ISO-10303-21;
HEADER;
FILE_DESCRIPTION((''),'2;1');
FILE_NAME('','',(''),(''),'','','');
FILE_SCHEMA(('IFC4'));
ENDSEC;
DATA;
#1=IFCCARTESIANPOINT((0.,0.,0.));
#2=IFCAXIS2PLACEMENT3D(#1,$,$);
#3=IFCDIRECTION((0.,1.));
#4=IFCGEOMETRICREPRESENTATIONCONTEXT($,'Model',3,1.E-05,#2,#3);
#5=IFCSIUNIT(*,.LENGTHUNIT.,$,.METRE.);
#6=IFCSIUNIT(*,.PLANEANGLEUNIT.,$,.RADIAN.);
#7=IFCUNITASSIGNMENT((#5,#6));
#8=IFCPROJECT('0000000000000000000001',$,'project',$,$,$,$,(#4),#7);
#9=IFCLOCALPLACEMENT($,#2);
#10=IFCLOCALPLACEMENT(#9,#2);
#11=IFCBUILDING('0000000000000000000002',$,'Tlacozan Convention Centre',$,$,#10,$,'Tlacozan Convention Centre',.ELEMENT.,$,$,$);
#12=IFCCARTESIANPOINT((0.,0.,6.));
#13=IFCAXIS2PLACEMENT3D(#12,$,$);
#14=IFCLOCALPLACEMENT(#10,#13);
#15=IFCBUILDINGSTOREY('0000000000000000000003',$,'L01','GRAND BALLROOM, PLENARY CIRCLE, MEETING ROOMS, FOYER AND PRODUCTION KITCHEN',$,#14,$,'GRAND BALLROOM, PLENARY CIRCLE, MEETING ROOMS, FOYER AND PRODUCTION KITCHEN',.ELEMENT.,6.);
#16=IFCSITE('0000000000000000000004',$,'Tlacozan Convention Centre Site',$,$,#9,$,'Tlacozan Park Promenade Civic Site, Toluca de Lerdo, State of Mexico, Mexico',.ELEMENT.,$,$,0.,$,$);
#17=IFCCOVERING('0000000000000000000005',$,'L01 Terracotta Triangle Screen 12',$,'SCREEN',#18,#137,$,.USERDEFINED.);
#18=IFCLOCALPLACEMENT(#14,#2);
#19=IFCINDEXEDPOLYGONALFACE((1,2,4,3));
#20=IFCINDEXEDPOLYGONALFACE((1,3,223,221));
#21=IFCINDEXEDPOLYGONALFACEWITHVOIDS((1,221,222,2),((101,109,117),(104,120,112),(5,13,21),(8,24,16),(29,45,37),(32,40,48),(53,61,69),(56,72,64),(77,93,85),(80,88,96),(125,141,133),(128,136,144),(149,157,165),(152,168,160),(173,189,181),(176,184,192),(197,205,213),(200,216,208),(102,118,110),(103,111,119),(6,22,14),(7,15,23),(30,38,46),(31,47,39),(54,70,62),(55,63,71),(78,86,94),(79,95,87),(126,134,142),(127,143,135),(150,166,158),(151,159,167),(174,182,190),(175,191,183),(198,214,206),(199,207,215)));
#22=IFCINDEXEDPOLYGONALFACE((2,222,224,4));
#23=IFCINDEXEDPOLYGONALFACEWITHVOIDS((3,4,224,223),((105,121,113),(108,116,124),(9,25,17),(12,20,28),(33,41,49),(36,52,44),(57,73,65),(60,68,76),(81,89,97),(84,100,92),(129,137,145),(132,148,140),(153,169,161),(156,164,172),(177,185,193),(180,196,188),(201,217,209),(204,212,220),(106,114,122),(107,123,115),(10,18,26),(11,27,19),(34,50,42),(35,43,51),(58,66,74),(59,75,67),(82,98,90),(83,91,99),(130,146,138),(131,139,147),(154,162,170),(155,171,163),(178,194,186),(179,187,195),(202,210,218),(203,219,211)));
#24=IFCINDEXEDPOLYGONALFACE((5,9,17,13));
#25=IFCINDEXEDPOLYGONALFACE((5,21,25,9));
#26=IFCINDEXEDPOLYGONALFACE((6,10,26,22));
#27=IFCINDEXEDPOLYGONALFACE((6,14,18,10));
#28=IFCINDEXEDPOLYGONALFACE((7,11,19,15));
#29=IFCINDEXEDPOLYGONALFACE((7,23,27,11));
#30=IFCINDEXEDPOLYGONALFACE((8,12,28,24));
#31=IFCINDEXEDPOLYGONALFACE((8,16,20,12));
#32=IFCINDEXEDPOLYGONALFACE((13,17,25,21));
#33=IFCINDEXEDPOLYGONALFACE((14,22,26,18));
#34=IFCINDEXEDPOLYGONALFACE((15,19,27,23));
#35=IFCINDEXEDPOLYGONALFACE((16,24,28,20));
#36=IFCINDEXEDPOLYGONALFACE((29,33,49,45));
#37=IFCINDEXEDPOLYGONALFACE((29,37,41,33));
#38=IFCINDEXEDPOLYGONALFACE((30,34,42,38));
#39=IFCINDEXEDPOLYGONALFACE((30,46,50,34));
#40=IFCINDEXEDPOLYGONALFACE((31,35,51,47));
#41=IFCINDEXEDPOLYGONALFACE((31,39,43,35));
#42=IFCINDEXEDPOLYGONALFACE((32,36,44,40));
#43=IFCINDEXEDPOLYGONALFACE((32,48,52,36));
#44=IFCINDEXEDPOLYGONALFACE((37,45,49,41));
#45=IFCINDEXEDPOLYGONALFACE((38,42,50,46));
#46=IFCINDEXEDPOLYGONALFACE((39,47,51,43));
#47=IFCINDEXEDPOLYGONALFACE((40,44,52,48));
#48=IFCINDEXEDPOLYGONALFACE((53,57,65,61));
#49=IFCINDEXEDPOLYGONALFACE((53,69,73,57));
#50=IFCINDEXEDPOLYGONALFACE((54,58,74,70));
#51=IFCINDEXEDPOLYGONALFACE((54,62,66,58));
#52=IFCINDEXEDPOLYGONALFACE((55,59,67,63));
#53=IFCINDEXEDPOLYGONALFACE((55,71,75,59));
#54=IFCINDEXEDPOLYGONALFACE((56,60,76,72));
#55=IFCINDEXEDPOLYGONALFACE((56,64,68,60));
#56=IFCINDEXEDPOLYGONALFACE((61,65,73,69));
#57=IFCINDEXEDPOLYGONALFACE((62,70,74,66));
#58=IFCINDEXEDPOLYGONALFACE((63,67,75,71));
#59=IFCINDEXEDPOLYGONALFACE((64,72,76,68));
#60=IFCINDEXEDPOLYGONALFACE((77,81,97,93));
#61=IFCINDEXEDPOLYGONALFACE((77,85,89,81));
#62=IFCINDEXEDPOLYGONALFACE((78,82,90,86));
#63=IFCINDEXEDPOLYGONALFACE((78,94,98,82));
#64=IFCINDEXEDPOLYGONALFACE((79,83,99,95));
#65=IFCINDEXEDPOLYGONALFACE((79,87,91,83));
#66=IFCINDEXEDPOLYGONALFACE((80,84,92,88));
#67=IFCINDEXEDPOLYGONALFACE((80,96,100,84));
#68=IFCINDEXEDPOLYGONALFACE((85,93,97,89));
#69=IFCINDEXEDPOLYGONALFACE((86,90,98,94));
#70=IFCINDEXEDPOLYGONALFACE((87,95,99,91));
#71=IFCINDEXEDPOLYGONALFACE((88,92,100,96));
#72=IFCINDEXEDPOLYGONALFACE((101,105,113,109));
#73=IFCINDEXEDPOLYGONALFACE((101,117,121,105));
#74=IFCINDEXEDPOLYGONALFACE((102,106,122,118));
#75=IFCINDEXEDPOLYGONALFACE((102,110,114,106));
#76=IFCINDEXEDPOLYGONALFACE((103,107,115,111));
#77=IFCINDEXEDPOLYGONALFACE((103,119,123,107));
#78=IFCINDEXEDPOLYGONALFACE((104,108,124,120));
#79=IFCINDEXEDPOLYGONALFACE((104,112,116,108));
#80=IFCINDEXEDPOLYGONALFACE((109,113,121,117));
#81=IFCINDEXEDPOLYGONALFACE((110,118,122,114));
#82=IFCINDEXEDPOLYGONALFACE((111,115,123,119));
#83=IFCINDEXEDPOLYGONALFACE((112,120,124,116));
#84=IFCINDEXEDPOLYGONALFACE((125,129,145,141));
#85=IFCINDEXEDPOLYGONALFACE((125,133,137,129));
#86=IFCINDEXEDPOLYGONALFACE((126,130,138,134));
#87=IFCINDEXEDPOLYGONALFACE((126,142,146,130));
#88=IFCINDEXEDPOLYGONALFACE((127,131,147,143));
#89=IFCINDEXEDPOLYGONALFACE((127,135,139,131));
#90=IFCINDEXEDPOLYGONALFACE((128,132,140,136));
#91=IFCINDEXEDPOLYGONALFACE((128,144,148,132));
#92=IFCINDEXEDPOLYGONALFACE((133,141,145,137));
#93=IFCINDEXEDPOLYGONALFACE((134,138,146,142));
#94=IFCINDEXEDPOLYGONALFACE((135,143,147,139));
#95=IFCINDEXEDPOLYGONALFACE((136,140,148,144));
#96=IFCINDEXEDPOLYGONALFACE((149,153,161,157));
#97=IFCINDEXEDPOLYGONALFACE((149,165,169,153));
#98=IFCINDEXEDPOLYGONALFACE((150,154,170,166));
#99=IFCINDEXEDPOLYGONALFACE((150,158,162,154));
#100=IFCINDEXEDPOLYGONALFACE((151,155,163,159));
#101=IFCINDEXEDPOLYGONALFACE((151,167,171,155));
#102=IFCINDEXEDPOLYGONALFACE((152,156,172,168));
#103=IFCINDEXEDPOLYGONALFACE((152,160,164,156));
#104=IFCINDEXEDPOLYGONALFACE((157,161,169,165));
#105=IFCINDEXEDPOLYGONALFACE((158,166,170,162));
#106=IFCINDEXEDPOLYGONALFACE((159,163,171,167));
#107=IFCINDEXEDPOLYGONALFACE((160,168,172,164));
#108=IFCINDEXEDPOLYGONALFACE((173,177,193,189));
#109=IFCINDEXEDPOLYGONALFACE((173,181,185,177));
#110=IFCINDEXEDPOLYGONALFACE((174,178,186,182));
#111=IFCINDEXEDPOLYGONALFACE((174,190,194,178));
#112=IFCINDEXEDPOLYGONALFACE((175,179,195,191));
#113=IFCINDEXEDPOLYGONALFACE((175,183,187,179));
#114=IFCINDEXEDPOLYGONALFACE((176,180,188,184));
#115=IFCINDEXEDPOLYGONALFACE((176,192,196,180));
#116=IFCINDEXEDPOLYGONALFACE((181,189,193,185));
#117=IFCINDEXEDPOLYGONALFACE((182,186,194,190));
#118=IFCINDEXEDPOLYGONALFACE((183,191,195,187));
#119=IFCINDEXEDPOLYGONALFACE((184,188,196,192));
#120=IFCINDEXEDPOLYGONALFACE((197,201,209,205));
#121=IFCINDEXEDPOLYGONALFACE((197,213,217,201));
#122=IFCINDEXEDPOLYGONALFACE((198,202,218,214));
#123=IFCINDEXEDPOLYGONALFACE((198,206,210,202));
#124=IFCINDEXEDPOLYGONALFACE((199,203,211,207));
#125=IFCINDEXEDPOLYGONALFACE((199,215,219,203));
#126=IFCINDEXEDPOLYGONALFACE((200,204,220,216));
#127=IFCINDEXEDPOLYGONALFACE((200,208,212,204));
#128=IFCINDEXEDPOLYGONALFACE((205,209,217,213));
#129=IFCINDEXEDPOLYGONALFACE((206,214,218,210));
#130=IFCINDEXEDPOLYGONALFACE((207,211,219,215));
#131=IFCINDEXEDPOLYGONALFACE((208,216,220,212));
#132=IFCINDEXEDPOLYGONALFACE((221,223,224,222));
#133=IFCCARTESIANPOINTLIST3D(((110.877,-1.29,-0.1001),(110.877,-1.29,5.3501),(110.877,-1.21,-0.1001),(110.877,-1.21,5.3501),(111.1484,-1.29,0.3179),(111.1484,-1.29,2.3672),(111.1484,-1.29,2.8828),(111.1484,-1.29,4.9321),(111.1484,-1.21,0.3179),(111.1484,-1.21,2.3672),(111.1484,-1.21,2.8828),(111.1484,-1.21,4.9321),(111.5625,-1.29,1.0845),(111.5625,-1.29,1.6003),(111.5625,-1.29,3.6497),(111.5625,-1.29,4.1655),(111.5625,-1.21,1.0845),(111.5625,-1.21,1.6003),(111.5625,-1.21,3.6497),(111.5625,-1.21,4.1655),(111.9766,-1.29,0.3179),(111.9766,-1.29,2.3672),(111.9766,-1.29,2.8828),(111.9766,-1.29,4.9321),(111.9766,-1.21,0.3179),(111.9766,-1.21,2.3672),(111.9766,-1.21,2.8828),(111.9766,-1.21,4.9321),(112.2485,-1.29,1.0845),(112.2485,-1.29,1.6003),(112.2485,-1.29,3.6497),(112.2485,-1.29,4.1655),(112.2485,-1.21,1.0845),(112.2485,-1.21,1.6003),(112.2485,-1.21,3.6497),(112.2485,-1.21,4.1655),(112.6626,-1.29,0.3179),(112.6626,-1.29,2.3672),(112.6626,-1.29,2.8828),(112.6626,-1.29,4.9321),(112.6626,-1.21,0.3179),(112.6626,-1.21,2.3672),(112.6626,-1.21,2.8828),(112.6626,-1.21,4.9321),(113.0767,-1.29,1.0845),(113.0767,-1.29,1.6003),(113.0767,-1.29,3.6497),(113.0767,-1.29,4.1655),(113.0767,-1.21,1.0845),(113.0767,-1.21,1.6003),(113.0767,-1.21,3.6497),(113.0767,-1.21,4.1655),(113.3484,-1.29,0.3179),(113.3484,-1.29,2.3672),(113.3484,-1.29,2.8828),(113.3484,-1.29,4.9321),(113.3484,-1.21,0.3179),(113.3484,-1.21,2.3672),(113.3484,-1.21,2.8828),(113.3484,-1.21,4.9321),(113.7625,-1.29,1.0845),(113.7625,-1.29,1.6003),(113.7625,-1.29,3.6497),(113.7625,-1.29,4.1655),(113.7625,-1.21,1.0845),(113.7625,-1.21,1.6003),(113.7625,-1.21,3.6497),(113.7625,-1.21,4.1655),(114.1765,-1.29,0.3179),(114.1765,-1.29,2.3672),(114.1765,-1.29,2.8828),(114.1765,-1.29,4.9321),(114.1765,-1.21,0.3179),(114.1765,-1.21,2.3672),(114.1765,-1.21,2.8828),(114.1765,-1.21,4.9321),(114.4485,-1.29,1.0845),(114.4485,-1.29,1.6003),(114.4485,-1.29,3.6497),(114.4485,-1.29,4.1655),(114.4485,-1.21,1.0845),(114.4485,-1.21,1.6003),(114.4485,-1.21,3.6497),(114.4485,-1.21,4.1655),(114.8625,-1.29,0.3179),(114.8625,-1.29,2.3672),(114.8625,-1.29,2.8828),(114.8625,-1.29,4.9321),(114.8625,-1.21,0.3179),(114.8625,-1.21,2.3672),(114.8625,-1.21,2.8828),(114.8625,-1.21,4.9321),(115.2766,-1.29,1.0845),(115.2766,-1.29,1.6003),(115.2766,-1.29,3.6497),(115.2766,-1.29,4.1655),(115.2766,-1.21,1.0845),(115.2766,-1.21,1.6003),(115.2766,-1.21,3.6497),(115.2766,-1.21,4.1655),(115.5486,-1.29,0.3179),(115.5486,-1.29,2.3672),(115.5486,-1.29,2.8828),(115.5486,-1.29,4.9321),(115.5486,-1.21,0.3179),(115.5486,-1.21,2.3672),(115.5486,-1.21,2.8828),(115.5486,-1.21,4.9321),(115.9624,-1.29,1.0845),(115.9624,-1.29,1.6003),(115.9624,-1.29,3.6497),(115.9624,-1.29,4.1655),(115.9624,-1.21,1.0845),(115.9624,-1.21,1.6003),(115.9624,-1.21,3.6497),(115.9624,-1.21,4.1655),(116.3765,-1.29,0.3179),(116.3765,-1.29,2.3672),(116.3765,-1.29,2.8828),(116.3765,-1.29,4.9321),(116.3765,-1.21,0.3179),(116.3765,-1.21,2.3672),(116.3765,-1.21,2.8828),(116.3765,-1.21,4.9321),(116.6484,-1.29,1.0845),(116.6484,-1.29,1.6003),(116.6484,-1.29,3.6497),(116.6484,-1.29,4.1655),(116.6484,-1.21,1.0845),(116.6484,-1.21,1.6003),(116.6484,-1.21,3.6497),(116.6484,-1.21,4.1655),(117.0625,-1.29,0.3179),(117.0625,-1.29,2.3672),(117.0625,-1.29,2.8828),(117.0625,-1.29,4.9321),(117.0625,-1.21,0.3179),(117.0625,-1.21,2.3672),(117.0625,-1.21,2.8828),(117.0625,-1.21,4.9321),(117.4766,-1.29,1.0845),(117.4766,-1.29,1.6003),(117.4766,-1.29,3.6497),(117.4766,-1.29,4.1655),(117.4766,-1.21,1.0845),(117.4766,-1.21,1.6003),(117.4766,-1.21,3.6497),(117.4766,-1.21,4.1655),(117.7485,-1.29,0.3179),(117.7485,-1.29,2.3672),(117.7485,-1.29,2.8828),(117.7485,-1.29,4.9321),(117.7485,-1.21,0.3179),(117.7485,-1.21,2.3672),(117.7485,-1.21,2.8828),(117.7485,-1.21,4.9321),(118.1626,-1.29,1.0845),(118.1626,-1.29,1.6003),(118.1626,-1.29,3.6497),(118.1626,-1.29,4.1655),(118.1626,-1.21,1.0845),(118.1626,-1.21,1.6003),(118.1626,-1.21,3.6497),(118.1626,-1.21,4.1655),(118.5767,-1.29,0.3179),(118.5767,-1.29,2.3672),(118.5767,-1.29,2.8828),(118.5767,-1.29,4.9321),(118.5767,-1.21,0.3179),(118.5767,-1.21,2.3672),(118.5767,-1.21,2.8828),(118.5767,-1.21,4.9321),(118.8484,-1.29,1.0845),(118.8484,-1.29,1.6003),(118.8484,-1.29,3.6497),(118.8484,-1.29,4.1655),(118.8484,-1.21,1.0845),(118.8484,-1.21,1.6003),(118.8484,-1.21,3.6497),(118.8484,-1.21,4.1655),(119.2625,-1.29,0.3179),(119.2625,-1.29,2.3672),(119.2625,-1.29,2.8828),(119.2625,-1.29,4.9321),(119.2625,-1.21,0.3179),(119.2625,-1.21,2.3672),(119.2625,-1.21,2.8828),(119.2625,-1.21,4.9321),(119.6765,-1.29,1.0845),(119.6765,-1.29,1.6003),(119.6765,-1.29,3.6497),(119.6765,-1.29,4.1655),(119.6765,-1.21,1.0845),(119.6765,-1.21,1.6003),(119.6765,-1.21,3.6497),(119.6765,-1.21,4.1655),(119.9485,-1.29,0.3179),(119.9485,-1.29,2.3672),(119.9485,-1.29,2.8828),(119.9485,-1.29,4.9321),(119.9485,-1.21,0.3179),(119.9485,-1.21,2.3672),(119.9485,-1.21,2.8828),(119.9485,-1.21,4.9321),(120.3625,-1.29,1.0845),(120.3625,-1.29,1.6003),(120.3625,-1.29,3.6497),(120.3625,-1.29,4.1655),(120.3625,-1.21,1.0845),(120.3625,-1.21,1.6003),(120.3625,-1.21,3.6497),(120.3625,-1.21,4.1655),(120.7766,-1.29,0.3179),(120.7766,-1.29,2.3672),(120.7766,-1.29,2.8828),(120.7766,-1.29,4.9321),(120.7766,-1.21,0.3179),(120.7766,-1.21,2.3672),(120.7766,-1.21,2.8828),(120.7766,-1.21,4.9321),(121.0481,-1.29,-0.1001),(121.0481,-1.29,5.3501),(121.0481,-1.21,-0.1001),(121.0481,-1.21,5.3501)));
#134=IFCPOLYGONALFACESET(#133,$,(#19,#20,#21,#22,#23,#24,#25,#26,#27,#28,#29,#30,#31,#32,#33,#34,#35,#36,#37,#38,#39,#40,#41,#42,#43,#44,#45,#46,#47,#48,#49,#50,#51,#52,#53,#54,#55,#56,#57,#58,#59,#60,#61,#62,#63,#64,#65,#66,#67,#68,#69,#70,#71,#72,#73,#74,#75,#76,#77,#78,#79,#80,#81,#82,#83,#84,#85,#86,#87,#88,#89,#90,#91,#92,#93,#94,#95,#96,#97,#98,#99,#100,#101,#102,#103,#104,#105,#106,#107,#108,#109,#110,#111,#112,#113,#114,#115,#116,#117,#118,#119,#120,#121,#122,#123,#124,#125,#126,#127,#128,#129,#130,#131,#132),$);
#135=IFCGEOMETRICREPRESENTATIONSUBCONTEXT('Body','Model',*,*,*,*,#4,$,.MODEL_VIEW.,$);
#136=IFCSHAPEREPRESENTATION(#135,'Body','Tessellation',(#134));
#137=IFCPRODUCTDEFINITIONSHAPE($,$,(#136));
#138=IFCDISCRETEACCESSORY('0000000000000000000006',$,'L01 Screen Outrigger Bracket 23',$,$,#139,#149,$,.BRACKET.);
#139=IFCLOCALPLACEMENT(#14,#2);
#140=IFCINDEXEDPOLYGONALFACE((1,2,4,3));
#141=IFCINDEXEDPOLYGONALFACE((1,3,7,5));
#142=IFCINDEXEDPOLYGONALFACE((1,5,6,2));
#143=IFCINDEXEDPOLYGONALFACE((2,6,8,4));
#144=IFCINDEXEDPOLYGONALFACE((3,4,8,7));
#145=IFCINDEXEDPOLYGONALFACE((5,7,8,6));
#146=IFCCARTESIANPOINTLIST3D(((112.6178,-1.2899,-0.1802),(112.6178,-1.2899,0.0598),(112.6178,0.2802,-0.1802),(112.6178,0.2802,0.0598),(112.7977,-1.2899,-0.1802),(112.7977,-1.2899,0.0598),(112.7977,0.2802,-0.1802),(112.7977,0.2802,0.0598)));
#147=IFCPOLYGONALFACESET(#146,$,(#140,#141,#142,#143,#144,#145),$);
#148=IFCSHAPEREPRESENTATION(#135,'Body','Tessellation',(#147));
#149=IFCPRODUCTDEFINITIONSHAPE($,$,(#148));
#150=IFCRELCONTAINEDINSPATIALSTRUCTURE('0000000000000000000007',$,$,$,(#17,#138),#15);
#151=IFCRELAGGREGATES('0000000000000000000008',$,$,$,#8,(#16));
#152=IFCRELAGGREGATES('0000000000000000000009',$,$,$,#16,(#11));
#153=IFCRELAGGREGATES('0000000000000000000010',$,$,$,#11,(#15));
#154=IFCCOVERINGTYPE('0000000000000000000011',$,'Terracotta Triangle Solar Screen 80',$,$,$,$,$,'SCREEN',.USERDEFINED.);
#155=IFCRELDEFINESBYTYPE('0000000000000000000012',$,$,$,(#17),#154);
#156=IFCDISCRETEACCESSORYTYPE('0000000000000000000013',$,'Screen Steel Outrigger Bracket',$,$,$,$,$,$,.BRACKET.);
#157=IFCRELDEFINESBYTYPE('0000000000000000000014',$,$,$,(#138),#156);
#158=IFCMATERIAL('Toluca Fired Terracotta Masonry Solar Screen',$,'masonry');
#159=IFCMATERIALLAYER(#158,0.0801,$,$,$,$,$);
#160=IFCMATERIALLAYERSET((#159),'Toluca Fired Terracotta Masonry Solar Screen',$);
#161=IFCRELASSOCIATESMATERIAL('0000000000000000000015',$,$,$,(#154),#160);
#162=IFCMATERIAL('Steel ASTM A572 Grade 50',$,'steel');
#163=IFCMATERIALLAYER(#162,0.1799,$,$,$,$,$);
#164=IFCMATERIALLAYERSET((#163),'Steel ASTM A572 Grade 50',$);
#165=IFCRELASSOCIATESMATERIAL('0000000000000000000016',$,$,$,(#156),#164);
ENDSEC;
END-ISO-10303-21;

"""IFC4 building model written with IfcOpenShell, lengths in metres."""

from ifc_helpers import new_model, si_unit, direction, frame, origin, origin_2d, place, context, subcontext, project, spatial, polyline, rectangle, outline, extrude, material, layer, layer_set, type_object, element, save


model = new_model("IFC4")

# Units and contexts
model_context = context("Model", 3, precision=1e-05, world=origin(), true_north=direction((0.0, 1.0)))
body_context = subcontext(model_context, "Body", "Model", "MODEL_VIEW")
ifc_project = project(units=[si_unit("LENGTHUNIT", "METRE"), si_unit("PLANEANGLEUNIT", "RADIAN")], contexts=[model_context])

# Site, building, storey
site_placement = place(None, origin())
site = spatial("IfcSite", under=ifc_project, at=site_placement, Name="Tlacozan Convention Centre Site", LongName="Tlacozan Park Promenade Civic Site, Toluca de Lerdo, State of Mexico, Mexico", CompositionType="ELEMENT", RefElevation=0.0)
building_placement = place(site_placement, origin())
building = spatial("IfcBuilding", under=site, at=building_placement, Name="Tlacozan Convention Centre", LongName="Tlacozan Convention Centre", CompositionType="ELEMENT")
storey_placement = place(building_placement, frame((0.0, 0.0, 6.0)))
storey = spatial("IfcBuildingStorey", under=building, at=storey_placement, Name="L01", Description="GRAND BALLROOM, PLENARY CIRCLE, MEETING ROOMS, FOYER AND PRODUCTION KITCHEN", LongName="GRAND BALLROOM, PLENARY CIRCLE, MEETING ROOMS, FOYER AND PRODUCTION KITCHEN", CompositionType="ELEMENT", Elevation=6.0)

# Covering
ifc_material_1 = material(Name="Toluca Fired Terracotta Masonry Solar Screen", Category="masonry")
ifc_layer_1 = layer(ifc_material_1, 0.0801)
ifc_layer_set_1 = layer_set([ifc_layer_1], Name="Toluca Fired Terracotta Masonry Solar Screen")
covering_type = type_object("IfcCoveringType", Name="Terracotta Triangle Solar Screen 80", ElementType="SCREEN", PredefinedType="USERDEFINED", material=ifc_layer_set_1)
covering_placement = place(storey_placement, frame((110.877, -1.25, -0.1001), z_axis=(0.0, 0.0, 1.0), x_axis=(1.0, 0.0, 0.0)))
element("IfcCovering", 1, at=covering_placement, inside=storey, type_object=covering_type, Name="L01 Terracotta Triangle Screen 12", ObjectType="SCREEN", PredefinedType="USERDEFINED", context=body_context, shape_type="SweptSolid", body=[
    extrude(outline(polyline([(0.0, 0.0), (10.1711, 0.0), (10.1711, 5.4502), (0.0, 5.4502), (0.0, 0.0)]), holes=[polyline([(0.2715, 0.418), (1.0996, 0.418), (0.6855, 1.1846), (0.2715, 0.418)]), polyline([(1.3716, 1.1846), (2.1997, 1.1846), (1.7856, 0.418), (1.3716, 1.1846)]), polyline([(2.4714, 0.418), (3.2996, 0.418), (2.8855, 1.1846), (2.4714, 0.418)]), polyline([(3.5715, 1.1846), (4.3997, 1.1846), (3.9856, 0.418), (3.5715, 1.1846)]), polyline([(4.6716, 0.418), (5.4995, 0.418), (5.0854, 1.1846), (4.6716, 0.418)]), polyline([(5.7715, 1.1846), (6.5996, 1.1846), (6.1855, 0.418), (5.7715, 1.1846)]), polyline([(6.8716, 0.418), (7.6997, 0.418), (7.2856, 1.1846), (6.8716, 0.418)]), polyline([(7.9714, 1.1846), (8.7996, 1.1846), (8.3855, 0.418), (7.9714, 1.1846)]), polyline([(9.0715, 0.418), (9.8997, 0.418), (9.4856, 1.1846), (9.0715, 0.418)]), polyline([(0.2715, 2.4673), (1.0996, 2.4673), (0.6855, 1.7004), (0.2715, 2.4673)]), polyline([(1.3716, 1.7004), (2.1997, 1.7004), (1.7856, 2.4673), (1.3716, 1.7004)]), polyline([(2.4714, 2.4673), (3.2996, 2.4673), (2.8855, 1.7004), (2.4714, 2.4673)]), polyline([(3.5715, 1.7004), (4.3997, 1.7004), (3.9856, 2.4673), (3.5715, 1.7004)]), polyline([(4.6716, 2.4673), (5.4995, 2.4673), (5.0854, 1.7004), (4.6716, 2.4673)]), polyline([(5.7715, 1.7004), (6.5996, 1.7004), (6.1855, 2.4673), (5.7715, 1.7004)]), polyline([(6.8716, 2.4673), (7.6997, 2.4673), (7.2856, 1.7004), (6.8716, 2.4673)]), polyline([(7.9714, 1.7004), (8.7996, 1.7004), (8.3855, 2.4673), (7.9714, 1.7004)]), polyline([(9.0715, 2.4673), (9.8997, 2.4673), (9.4856, 1.7004), (9.0715, 2.4673)]), polyline([(0.2715, 2.9829), (1.0996, 2.9829), (0.6855, 3.7498), (0.2715, 2.9829)]), polyline([(1.3716, 3.7498), (2.1997, 3.7498), (1.7856, 2.9829), (1.3716, 3.7498)]), polyline([(2.4714, 2.9829), (3.2996, 2.9829), (2.8855, 3.7498), (2.4714, 2.9829)]), polyline([(3.5715, 3.7498), (4.3997, 3.7498), (3.9856, 2.9829), (3.5715, 3.7498)]), polyline([(4.6716, 2.9829), (5.4995, 2.9829), (5.0854, 3.7498), (4.6716, 2.9829)]), polyline([(5.7715, 3.7498), (6.5996, 3.7498), (6.1855, 2.9829), (5.7715, 3.7498)]), polyline([(6.8716, 2.9829), (7.6997, 2.9829), (7.2856, 3.7498), (6.8716, 2.9829)]), polyline([(7.9714, 3.7498), (8.7996, 3.7498), (8.3855, 2.9829), (7.9714, 3.7498)]), polyline([(9.0715, 2.9829), (9.8997, 2.9829), (9.4856, 3.7498), (9.0715, 2.9829)]), polyline([(0.2715, 5.0322), (1.0996, 5.0322), (0.6855, 4.2656), (0.2715, 5.0322)]), polyline([(1.3716, 4.2656), (2.1997, 4.2656), (1.7856, 5.0322), (1.3716, 4.2656)]), polyline([(2.4714, 5.0322), (3.2996, 5.0322), (2.8855, 4.2656), (2.4714, 5.0322)]), polyline([(3.5715, 4.2656), (4.3997, 4.2656), (3.9856, 5.0322), (3.5715, 4.2656)]), polyline([(4.6716, 5.0322), (5.4995, 5.0322), (5.0854, 4.2656), (4.6716, 5.0322)]), polyline([(5.7715, 4.2656), (6.5996, 4.2656), (6.1855, 5.0322), (5.7715, 4.2656)]), polyline([(6.8716, 5.0322), (7.6997, 5.0322), (7.2856, 4.2656), (6.8716, 5.0322)]), polyline([(7.9714, 4.2656), (8.7996, 4.2656), (8.3855, 5.0322), (7.9714, 4.2656)]), polyline([(9.0715, 5.0322), (9.8997, 5.0322), (9.4856, 4.2656), (9.0715, 5.0322)])]), frame((0.0, 0.04, 0.0), z_axis=(0.0, -1.0, 0.0), x_axis=(1.0, 0.0, 0.0)), (0.0, 0.0, 1.0), 0.0801),
])

# Discrete accessory
ifc_material_2 = material(Name="Steel ASTM A572 Grade 50", Category="steel")
ifc_layer_2 = layer(ifc_material_2, 0.1799)
ifc_layer_set_2 = layer_set([ifc_layer_2], Name="Steel ASTM A572 Grade 50")
discrete_accessory_type = type_object("IfcDiscreteAccessoryType", Name="Screen Steel Outrigger Bracket", PredefinedType="BRACKET", material=ifc_layer_set_2)
discrete_accessory_placement = place(storey_placement, frame((112.7078, -0.5049, -0.1802), z_axis=(0.0, 0.0, 1.0), x_axis=(0.0, 1.0, 0.0)))
element("IfcDiscreteAccessory", 2, at=discrete_accessory_placement, inside=storey, type_object=discrete_accessory_type, Name="L01 Screen Outrigger Bracket 23", PredefinedType="BRACKET", context=body_context, shape_type="SweptSolid", body=[
    extrude(rectangle(XDim=1.5701, YDim=0.1799, at=origin_2d()), origin(), (0.0, 0.0, 1.0), 0.24),
])

save(model, "model.ifc")
